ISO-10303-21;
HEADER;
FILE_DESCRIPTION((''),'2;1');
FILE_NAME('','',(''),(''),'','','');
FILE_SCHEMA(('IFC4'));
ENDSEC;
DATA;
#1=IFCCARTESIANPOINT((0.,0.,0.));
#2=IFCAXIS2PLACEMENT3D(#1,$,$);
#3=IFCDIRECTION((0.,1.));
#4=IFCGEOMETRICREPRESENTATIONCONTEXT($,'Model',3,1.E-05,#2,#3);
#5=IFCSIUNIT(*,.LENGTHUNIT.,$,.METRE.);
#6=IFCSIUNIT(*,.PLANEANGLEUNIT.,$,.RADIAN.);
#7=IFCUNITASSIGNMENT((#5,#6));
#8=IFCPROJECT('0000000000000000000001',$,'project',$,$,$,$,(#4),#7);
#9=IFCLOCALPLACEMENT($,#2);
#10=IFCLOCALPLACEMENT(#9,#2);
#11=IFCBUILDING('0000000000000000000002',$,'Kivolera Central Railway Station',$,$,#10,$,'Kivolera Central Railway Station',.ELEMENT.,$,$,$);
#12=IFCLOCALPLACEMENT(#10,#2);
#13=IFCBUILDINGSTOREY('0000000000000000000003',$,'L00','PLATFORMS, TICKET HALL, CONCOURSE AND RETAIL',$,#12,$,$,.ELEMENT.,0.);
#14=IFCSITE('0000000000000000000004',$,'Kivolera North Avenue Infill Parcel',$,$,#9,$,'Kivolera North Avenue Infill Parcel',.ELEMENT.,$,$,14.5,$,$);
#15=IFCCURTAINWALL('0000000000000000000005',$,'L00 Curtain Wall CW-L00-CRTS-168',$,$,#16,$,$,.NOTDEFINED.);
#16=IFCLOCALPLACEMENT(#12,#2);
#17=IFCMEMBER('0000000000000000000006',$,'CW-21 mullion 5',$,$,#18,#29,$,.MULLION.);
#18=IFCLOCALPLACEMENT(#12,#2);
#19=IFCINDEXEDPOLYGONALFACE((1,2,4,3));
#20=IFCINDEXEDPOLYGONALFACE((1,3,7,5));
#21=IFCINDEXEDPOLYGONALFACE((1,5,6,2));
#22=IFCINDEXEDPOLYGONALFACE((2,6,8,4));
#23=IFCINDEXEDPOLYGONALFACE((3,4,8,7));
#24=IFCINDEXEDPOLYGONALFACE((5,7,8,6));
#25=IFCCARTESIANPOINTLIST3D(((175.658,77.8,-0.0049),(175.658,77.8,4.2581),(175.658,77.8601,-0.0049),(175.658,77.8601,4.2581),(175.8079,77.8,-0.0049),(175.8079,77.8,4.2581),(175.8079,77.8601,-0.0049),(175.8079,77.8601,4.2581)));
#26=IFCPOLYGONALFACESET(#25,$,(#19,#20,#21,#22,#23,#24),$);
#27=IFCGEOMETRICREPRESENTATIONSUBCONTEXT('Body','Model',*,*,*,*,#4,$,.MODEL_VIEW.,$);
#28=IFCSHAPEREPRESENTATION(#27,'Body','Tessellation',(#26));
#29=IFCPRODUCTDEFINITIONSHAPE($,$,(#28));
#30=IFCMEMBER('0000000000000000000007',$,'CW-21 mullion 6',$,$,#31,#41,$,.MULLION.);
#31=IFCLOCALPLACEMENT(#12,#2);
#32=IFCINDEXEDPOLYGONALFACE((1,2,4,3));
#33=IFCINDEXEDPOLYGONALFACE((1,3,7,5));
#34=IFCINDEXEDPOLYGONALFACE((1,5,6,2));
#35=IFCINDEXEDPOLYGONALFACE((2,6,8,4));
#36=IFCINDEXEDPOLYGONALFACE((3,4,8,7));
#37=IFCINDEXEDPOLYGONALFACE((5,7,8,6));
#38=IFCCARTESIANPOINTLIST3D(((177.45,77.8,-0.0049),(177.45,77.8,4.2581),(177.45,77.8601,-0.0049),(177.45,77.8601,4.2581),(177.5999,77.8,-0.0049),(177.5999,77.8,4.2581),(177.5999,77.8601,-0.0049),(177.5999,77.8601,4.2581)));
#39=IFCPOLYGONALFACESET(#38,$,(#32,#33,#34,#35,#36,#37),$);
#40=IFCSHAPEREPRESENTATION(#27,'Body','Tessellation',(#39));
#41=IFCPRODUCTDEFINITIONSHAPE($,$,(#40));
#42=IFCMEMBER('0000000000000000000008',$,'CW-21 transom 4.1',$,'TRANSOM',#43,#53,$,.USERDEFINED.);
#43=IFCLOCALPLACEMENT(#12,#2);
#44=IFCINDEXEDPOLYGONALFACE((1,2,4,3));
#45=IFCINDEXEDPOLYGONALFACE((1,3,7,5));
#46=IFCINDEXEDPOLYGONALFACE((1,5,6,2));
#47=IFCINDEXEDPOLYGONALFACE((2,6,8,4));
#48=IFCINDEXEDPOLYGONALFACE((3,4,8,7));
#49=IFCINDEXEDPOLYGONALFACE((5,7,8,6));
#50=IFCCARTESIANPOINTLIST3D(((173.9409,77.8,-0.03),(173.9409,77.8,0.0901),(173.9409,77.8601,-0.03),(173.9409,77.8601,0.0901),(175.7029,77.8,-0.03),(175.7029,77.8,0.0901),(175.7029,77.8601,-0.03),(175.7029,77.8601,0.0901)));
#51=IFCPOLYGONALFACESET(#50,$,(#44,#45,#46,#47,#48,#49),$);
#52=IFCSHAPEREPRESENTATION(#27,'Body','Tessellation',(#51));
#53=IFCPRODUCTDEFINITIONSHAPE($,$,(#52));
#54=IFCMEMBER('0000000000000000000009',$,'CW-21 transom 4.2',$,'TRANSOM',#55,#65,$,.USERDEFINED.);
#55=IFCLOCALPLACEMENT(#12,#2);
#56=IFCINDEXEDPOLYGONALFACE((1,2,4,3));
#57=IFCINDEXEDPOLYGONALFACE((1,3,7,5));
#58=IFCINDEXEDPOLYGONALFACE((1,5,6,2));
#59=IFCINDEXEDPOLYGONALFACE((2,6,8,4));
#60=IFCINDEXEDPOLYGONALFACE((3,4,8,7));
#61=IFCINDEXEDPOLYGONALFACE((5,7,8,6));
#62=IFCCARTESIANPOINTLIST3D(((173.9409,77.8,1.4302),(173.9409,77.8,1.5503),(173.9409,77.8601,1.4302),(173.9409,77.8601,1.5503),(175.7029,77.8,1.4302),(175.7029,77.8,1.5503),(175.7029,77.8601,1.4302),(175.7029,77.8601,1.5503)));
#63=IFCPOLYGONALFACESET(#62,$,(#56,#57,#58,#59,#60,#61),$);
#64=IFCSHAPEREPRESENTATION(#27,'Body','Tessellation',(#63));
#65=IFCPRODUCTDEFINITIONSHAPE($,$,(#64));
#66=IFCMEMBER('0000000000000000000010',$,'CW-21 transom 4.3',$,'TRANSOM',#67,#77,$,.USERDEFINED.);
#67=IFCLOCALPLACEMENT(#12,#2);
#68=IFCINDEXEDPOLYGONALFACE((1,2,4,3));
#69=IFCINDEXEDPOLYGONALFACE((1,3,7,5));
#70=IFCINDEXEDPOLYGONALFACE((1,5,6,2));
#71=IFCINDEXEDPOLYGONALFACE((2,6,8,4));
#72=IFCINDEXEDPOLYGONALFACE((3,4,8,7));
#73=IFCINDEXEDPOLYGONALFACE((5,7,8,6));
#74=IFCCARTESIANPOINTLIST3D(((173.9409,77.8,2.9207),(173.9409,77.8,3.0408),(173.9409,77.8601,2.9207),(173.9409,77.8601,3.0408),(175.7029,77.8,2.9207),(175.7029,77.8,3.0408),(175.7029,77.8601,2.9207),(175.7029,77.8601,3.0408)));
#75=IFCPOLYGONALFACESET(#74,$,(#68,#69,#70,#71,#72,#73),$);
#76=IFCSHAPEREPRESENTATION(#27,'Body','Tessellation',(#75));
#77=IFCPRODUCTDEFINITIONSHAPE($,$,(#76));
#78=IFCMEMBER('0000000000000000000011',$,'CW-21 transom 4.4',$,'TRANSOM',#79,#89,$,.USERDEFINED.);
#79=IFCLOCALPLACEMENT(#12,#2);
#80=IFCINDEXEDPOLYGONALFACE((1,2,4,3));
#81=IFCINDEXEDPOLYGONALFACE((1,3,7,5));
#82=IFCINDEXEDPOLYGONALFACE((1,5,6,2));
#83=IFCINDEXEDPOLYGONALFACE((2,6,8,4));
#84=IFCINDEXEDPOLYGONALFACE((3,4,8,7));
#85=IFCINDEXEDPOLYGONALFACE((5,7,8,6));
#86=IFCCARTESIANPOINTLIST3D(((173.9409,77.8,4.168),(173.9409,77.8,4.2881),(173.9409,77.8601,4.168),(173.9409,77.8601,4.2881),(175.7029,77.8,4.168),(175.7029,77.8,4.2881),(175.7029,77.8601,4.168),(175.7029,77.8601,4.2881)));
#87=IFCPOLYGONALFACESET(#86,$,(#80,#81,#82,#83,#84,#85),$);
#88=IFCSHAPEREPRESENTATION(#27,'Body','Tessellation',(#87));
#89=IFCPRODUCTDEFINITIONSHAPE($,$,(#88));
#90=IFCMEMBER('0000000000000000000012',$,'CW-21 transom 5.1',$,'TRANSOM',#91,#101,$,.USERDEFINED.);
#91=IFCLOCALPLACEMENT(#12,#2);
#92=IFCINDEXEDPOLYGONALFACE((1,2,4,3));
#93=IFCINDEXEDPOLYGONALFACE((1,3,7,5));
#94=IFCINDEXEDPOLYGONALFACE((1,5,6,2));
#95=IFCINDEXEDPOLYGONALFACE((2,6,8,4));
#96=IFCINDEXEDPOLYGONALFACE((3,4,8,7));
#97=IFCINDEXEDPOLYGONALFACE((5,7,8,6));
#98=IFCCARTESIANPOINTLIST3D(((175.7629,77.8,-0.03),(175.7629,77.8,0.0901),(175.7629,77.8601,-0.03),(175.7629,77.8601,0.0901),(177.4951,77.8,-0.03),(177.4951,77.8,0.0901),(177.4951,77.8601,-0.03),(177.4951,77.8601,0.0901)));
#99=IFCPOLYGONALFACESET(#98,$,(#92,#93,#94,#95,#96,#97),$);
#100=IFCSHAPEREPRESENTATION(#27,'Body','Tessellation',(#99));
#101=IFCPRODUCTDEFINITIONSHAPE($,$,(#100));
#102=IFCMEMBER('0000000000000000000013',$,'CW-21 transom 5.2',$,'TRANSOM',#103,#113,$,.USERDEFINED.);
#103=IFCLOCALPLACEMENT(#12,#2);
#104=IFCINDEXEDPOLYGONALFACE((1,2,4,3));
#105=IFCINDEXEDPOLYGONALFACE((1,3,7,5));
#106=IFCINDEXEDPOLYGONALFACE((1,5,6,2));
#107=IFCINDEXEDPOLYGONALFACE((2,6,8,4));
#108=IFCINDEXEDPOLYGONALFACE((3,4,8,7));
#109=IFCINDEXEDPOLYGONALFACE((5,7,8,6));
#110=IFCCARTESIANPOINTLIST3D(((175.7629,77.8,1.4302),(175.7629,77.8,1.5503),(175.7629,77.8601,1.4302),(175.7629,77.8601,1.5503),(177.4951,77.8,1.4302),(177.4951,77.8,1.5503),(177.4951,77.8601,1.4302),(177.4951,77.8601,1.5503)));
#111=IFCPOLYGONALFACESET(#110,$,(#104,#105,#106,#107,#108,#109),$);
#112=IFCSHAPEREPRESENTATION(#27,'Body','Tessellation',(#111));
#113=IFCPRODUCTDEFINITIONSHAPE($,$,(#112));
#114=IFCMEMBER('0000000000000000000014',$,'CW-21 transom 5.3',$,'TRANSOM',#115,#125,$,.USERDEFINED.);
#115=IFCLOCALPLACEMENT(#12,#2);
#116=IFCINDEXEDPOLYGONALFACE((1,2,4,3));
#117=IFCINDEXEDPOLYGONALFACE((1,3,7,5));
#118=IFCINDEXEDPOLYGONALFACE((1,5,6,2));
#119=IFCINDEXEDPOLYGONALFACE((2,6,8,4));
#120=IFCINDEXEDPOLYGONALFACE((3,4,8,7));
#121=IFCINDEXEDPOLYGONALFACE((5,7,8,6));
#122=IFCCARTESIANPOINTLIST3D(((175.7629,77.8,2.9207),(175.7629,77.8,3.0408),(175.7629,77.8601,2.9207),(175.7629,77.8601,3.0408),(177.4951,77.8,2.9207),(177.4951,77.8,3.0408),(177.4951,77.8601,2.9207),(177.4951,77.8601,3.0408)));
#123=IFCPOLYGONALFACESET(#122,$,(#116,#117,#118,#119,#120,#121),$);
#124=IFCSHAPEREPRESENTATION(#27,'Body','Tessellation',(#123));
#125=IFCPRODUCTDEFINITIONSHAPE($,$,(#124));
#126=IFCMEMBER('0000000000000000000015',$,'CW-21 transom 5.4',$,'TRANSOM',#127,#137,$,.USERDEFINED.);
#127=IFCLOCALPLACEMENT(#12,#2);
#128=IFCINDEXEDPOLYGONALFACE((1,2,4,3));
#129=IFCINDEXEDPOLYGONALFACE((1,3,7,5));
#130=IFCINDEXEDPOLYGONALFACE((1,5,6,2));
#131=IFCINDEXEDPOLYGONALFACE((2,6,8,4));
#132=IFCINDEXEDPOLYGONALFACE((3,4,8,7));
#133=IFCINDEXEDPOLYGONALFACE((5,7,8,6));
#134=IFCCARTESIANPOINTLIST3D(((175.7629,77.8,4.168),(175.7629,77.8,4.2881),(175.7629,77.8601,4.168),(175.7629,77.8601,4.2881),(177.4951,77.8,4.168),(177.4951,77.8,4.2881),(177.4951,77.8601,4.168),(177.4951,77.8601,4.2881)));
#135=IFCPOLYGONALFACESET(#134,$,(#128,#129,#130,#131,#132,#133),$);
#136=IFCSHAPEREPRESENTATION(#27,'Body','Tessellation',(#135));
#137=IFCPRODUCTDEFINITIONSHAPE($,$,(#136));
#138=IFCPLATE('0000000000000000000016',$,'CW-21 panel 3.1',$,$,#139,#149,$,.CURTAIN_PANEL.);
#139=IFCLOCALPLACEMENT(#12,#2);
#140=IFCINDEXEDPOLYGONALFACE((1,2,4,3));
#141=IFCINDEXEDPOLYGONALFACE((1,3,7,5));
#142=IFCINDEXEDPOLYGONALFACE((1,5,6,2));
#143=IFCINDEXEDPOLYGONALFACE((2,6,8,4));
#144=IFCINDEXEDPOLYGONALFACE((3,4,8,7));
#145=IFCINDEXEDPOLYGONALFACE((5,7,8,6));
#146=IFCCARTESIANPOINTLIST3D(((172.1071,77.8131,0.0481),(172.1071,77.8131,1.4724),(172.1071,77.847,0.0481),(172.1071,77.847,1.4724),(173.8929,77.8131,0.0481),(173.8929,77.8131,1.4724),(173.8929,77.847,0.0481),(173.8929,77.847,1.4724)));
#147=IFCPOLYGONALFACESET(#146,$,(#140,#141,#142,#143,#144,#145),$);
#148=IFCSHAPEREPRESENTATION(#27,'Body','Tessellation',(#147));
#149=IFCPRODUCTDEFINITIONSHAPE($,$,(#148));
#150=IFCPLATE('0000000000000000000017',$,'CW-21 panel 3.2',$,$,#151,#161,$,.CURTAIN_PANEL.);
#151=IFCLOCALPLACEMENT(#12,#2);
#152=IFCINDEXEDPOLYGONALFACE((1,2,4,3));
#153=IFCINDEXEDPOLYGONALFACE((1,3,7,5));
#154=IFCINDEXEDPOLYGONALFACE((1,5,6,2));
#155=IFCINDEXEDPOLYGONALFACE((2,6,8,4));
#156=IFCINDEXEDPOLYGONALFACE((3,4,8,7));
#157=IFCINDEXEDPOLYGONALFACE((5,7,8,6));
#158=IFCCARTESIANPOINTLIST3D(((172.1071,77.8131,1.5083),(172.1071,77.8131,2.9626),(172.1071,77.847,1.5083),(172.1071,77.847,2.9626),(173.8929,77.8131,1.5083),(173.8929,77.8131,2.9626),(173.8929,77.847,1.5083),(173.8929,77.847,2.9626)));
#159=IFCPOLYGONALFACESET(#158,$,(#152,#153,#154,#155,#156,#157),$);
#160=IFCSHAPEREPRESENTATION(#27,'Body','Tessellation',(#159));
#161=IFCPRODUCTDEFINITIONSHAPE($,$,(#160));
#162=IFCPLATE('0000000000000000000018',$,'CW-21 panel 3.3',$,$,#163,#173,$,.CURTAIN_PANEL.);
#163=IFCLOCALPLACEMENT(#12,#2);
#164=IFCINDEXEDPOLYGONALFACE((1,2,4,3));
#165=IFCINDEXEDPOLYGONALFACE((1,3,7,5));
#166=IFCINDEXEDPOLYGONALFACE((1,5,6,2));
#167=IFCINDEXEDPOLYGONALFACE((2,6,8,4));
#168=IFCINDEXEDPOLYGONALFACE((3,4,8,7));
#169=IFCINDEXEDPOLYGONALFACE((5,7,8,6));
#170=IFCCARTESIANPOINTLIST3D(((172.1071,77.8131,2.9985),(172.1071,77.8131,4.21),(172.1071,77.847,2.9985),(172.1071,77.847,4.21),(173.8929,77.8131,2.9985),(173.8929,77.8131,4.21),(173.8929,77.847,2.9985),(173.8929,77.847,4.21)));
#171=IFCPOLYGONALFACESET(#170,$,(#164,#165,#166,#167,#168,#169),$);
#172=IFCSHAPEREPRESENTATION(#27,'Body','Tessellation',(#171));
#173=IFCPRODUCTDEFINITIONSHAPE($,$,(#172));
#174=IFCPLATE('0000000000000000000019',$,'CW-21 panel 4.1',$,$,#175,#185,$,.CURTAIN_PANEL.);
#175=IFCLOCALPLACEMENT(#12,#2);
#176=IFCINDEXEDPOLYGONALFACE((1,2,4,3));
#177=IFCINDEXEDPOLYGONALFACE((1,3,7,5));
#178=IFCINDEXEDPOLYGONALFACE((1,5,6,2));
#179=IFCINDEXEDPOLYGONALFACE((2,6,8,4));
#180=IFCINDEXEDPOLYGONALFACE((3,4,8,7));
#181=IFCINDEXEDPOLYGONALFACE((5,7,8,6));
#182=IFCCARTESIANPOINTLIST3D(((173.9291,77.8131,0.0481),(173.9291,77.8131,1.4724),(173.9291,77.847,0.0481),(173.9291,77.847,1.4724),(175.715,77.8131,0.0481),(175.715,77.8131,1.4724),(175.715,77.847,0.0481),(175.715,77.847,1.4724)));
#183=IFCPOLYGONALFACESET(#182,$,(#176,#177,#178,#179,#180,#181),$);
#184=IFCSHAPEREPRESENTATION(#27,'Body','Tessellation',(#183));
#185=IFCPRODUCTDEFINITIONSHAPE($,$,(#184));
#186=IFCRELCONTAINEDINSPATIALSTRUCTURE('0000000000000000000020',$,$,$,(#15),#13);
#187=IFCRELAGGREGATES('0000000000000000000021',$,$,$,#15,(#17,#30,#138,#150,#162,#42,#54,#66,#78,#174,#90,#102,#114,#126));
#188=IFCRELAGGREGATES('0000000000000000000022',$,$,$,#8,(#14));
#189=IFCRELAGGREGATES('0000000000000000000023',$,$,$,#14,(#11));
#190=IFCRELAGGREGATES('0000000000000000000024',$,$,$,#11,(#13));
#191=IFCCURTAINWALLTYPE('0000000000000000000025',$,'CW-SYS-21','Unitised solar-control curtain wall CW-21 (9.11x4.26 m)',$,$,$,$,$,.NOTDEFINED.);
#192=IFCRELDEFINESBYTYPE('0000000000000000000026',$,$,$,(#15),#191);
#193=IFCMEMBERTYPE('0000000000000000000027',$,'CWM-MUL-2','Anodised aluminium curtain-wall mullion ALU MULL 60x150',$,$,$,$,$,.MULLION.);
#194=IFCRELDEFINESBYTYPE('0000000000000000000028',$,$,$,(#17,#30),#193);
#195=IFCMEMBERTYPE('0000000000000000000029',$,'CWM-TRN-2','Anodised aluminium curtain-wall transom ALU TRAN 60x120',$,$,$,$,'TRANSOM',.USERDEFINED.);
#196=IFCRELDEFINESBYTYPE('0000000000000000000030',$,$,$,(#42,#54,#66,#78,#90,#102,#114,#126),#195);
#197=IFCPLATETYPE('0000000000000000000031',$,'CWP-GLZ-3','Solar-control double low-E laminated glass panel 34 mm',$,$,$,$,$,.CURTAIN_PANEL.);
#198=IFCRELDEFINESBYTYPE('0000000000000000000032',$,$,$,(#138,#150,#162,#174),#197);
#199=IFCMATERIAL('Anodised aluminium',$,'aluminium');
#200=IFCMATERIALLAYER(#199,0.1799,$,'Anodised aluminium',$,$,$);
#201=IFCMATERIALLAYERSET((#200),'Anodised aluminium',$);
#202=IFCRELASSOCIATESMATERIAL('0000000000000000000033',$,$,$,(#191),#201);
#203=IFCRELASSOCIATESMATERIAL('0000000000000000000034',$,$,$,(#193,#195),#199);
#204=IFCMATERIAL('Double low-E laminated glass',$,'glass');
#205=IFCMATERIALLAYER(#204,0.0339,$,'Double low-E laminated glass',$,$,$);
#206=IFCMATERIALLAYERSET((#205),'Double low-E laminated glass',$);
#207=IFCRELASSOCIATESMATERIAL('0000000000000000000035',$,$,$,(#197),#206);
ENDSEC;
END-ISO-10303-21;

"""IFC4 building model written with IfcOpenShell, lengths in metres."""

from ifc_helpers import new_model, si_unit, direction, frame, origin, origin_2d, place, context, subcontext, project, spatial, rectangle, extrude, material, layer, layer_set, material_profile, profile_set, type_object, element, aggregate, save


model = new_model("IFC4")

# Units and contexts
model_context = context("Model", 3, precision=1e-05, world=origin(), true_north=direction((0.0, 1.0)))
body_context = subcontext(model_context, "Body", "Model", "MODEL_VIEW")
ifc_project = project(units=[si_unit("LENGTHUNIT", "METRE"), si_unit("PLANEANGLEUNIT", "RADIAN")], contexts=[model_context])

# Site, building, storey
site_placement = place(None, origin())
site = spatial("IfcSite", under=ifc_project, at=site_placement, Name="Kivolera North Avenue Infill Parcel", LongName="Kivolera North Avenue Infill Parcel", CompositionType="ELEMENT", RefElevation=14.5)
building_placement = place(site_placement, origin())
building = spatial("IfcBuilding", under=site, at=building_placement, Name="Kivolera Central Railway Station", LongName="Kivolera Central Railway Station", CompositionType="ELEMENT")
storey_placement = place(building_placement, origin())
storey = spatial("IfcBuildingStorey", under=building, at=storey_placement, Name="L00", Description="PLATFORMS, TICKET HALL, CONCOURSE AND RETAIL", CompositionType="ELEMENT", Elevation=0.0)

# Curtain wall, members, plates
ifc_material_1 = material(Name="Anodised aluminium", Category="aluminium")
ifc_layer_1 = layer(ifc_material_1, 0.1799, Name="Anodised aluminium")
ifc_layer_set_1 = layer_set([ifc_layer_1], Name="Anodised aluminium")
curtain_wall_type = type_object("IfcCurtainWallType", Name="CW-SYS-21", Description="Unitised solar-control curtain wall CW-21 (9.11x4.26 m)", PredefinedType="NOTDEFINED", material=ifc_layer_set_1)
curtain_wall_placement = place(storey_placement, origin())
curtain_wall = element("IfcCurtainWall", 1, at=curtain_wall_placement, inside=storey, type_object=curtain_wall_type, Name="L00 Curtain Wall CW-L00-CRTS-168", PredefinedType="NOTDEFINED")
ifc_material_profile_1 = material_profile(ifc_material_1, rectangle(XDim=0.0601, YDim=0.1499, at=origin_2d()), Name="ALU MULL 60x150")
ifc_profile_set_1 = profile_set([ifc_material_profile_1], Name="Anodised aluminium")
member_type_1 = type_object("IfcMemberType", Name="CWM-MUL-2", Description="Anodised aluminium curtain-wall mullion ALU MULL 60x150", PredefinedType="MULLION", material=ifc_profile_set_1)
member_1_placement = place(storey_placement, frame((175.7329, 77.8301, -0.0049), z_axis=(0.0, 0.0, 1.0), x_axis=(0.0, 1.0, 0.0)))
member_1 = element("IfcMember", 2, at=member_1_placement, type_object=member_type_1, Name="CW-21 mullion 5", PredefinedType="MULLION", context=body_context, shape_type="SweptSolid", body=[
    extrude(rectangle(XDim=0.0601, YDim=0.1499, at=origin_2d()), origin(), (0.0, 0.0, 1.0), 4.2629),
])
member_2_placement = place(storey_placement, frame((177.5249, 77.8301, -0.0049), z_axis=(0.0, 0.0, 1.0), x_axis=(0.0, 1.0, 0.0)))
member_2 = element("IfcMember", 3, at=member_2_placement, type_object=member_type_1, Name="CW-21 mullion 6", PredefinedType="MULLION", context=body_context, shape_type="SweptSolid", body=[
    extrude(rectangle(XDim=0.0601, YDim=0.1499, at=origin_2d()), origin(), (0.0, 0.0, 1.0), 4.2629),
])
ifc_material_profile_2 = material_profile(ifc_material_1, rectangle(XDim=0.0601, YDim=0.1201, at=origin_2d()), Name="ALU TRAN 60x120")
ifc_profile_set_2 = profile_set([ifc_material_profile_2], Name="Anodised aluminium")
member_type_2 = type_object("IfcMemberType", Name="CWM-TRN-2", Description="Anodised aluminium curtain-wall transom ALU TRAN 60x120", ElementType="TRANSOM", PredefinedType="USERDEFINED", material=ifc_profile_set_2)
member_3_placement = place(storey_placement, frame((173.9409, 77.8301, 0.03), z_axis=(1.0, 0.0, 0.0), x_axis=(0.0, 1.0, 0.0)))
member_3 = element("IfcMember", 4, at=member_3_placement, type_object=member_type_2, Name="CW-21 transom 4.1", ObjectType="TRANSOM", PredefinedType="USERDEFINED", context=body_context, shape_type="SweptSolid", body=[
    extrude(rectangle(XDim=0.0601, YDim=0.1201, at=origin_2d()), origin(), (0.0, 0.0, 1.0), 1.762),
])
member_4_placement = place(storey_placement, frame((173.9409, 77.8301, 1.4902), z_axis=(1.0, 0.0, 0.0), x_axis=(0.0, 1.0, 0.0)))
member_4 = element("IfcMember", 5, at=member_4_placement, type_object=member_type_2, Name="CW-21 transom 4.2", ObjectType="TRANSOM", PredefinedType="USERDEFINED", context=body_context, shape_type="SweptSolid", body=[
    extrude(rectangle(XDim=0.0601, YDim=0.1201, at=origin_2d()), origin(), (0.0, 0.0, 1.0), 1.762),
])
member_5_placement = place(storey_placement, frame((173.9409, 77.8301, 2.9807), z_axis=(1.0, 0.0, 0.0), x_axis=(0.0, 1.0, 0.0)))
member_5 = element("IfcMember", 6, at=member_5_placement, type_object=member_type_2, Name="CW-21 transom 4.3", ObjectType="TRANSOM", PredefinedType="USERDEFINED", context=body_context, shape_type="SweptSolid", body=[
    extrude(rectangle(XDim=0.0601, YDim=0.1201, at=origin_2d()), origin(), (0.0, 0.0, 1.0), 1.762),
])
member_6_placement = place(storey_placement, frame((173.9409, 77.8301, 4.228), z_axis=(1.0, 0.0, 0.0), x_axis=(0.0, 1.0, 0.0)))
member_6 = element("IfcMember", 7, at=member_6_placement, type_object=member_type_2, Name="CW-21 transom 4.4", ObjectType="TRANSOM", PredefinedType="USERDEFINED", context=body_context, shape_type="SweptSolid", body=[
    extrude(rectangle(XDim=0.0601, YDim=0.1201, at=origin_2d()), origin(), (0.0, 0.0, 1.0), 1.762),
])
member_7_placement = place(storey_placement, frame((175.7629, 77.8301, 0.03), z_axis=(1.0, 0.0, 0.0), x_axis=(0.0, 1.0, 0.0)))
member_7 = element("IfcMember", 8, at=member_7_placement, type_object=member_type_2, Name="CW-21 transom 5.1", ObjectType="TRANSOM", PredefinedType="USERDEFINED", context=body_context, shape_type="SweptSolid", body=[
    extrude(rectangle(XDim=0.0601, YDim=0.1201, at=origin_2d()), origin(), (0.0, 0.0, 1.0), 1.7322),
])
member_8_placement = place(storey_placement, frame((175.7629, 77.8301, 1.4902), z_axis=(1.0, 0.0, 0.0), x_axis=(0.0, 1.0, 0.0)))
member_8 = element("IfcMember", 9, at=member_8_placement, type_object=member_type_2, Name="CW-21 transom 5.2", ObjectType="TRANSOM", PredefinedType="USERDEFINED", context=body_context, shape_type="SweptSolid", body=[
    extrude(rectangle(XDim=0.0601, YDim=0.1201, at=origin_2d()), origin(), (0.0, 0.0, 1.0), 1.7322),
])
member_9_placement = place(storey_placement, frame((175.7629, 77.8301, 2.9807), z_axis=(1.0, 0.0, 0.0), x_axis=(0.0, 1.0, 0.0)))
member_9 = element("IfcMember", 10, at=member_9_placement, type_object=member_type_2, Name="CW-21 transom 5.3", ObjectType="TRANSOM", PredefinedType="USERDEFINED", context=body_context, shape_type="SweptSolid", body=[
    extrude(rectangle(XDim=0.0601, YDim=0.1201, at=origin_2d()), origin(), (0.0, 0.0, 1.0), 1.7322),
])
member_10_placement = place(storey_placement, frame((175.7629, 77.8301, 4.228), z_axis=(1.0, 0.0, 0.0), x_axis=(0.0, 1.0, 0.0)))
member_10 = element("IfcMember", 11, at=member_10_placement, type_object=member_type_2, Name="CW-21 transom 5.4", ObjectType="TRANSOM", PredefinedType="USERDEFINED", context=body_context, shape_type="SweptSolid", body=[
    extrude(rectangle(XDim=0.0601, YDim=0.1201, at=origin_2d()), origin(), (0.0, 0.0, 1.0), 1.7322),
])
ifc_material_2 = material(Name="Double low-E laminated glass", Category="glass")
ifc_layer_2 = layer(ifc_material_2, 0.0339, Name="Double low-E laminated glass")
ifc_layer_set_2 = layer_set([ifc_layer_2], Name="Double low-E laminated glass")
plate_type = type_object("IfcPlateType", Name="CWP-GLZ-3", Description="Solar-control double low-E laminated glass panel 34 mm", PredefinedType="CURTAIN_PANEL", material=ifc_layer_set_2)
plate_1_placement = place(storey_placement, frame((173.0, 77.8301, 0.0481), z_axis=(0.0, 0.0, 1.0), x_axis=(1.0, 0.0, 0.0)))
plate_1 = element("IfcPlate", 12, at=plate_1_placement, type_object=plate_type, Name="CW-21 panel 3.1", PredefinedType="CURTAIN_PANEL", context=body_context, shape_type="SweptSolid", body=[
    extrude(rectangle(XDim=1.7859, YDim=0.0339, at=origin_2d()), origin(), (0.0, 0.0, 1.0), 1.4243),
])
plate_2_placement = place(storey_placement, frame((173.0, 77.8301, 1.5083), z_axis=(0.0, 0.0, 1.0), x_axis=(1.0, 0.0, 0.0)))
plate_2 = element("IfcPlate", 13, at=plate_2_placement, type_object=plate_type, Name="CW-21 panel 3.2", PredefinedType="CURTAIN_PANEL", context=body_context, shape_type="SweptSolid", body=[
    extrude(rectangle(XDim=1.7859, YDim=0.0339, at=origin_2d()), origin(), (0.0, 0.0, 1.0), 1.4543),
])
plate_3_placement = place(storey_placement, frame((173.0, 77.8301, 2.9985), z_axis=(0.0, 0.0, 1.0), x_axis=(1.0, 0.0, 0.0)))
plate_3 = element("IfcPlate", 14, at=plate_3_placement, type_object=plate_type, Name="CW-21 panel 3.3", PredefinedType="CURTAIN_PANEL", context=body_context, shape_type="SweptSolid", body=[
    extrude(rectangle(XDim=1.7859, YDim=0.0339, at=origin_2d()), origin(), (0.0, 0.0, 1.0), 1.2114),
])
plate_4_placement = place(storey_placement, frame((174.822, 77.8301, 0.0481), z_axis=(0.0, 0.0, 1.0), x_axis=(1.0, 0.0, 0.0)))
plate_4 = element("IfcPlate", 15, at=plate_4_placement, type_object=plate_type, Name="CW-21 panel 4.1", PredefinedType="CURTAIN_PANEL", context=body_context, shape_type="SweptSolid", body=[
    extrude(rectangle(XDim=1.7859, YDim=0.0339, at=origin_2d()), origin(), (0.0, 0.0, 1.0), 1.4243),
])
aggregate(curtain_wall, [member_1, member_2, plate_1, plate_2, plate_3, member_3, member_4, member_5, member_6, plate_4, member_7, member_8, member_9, member_10])

save(model, "model.ifc")
